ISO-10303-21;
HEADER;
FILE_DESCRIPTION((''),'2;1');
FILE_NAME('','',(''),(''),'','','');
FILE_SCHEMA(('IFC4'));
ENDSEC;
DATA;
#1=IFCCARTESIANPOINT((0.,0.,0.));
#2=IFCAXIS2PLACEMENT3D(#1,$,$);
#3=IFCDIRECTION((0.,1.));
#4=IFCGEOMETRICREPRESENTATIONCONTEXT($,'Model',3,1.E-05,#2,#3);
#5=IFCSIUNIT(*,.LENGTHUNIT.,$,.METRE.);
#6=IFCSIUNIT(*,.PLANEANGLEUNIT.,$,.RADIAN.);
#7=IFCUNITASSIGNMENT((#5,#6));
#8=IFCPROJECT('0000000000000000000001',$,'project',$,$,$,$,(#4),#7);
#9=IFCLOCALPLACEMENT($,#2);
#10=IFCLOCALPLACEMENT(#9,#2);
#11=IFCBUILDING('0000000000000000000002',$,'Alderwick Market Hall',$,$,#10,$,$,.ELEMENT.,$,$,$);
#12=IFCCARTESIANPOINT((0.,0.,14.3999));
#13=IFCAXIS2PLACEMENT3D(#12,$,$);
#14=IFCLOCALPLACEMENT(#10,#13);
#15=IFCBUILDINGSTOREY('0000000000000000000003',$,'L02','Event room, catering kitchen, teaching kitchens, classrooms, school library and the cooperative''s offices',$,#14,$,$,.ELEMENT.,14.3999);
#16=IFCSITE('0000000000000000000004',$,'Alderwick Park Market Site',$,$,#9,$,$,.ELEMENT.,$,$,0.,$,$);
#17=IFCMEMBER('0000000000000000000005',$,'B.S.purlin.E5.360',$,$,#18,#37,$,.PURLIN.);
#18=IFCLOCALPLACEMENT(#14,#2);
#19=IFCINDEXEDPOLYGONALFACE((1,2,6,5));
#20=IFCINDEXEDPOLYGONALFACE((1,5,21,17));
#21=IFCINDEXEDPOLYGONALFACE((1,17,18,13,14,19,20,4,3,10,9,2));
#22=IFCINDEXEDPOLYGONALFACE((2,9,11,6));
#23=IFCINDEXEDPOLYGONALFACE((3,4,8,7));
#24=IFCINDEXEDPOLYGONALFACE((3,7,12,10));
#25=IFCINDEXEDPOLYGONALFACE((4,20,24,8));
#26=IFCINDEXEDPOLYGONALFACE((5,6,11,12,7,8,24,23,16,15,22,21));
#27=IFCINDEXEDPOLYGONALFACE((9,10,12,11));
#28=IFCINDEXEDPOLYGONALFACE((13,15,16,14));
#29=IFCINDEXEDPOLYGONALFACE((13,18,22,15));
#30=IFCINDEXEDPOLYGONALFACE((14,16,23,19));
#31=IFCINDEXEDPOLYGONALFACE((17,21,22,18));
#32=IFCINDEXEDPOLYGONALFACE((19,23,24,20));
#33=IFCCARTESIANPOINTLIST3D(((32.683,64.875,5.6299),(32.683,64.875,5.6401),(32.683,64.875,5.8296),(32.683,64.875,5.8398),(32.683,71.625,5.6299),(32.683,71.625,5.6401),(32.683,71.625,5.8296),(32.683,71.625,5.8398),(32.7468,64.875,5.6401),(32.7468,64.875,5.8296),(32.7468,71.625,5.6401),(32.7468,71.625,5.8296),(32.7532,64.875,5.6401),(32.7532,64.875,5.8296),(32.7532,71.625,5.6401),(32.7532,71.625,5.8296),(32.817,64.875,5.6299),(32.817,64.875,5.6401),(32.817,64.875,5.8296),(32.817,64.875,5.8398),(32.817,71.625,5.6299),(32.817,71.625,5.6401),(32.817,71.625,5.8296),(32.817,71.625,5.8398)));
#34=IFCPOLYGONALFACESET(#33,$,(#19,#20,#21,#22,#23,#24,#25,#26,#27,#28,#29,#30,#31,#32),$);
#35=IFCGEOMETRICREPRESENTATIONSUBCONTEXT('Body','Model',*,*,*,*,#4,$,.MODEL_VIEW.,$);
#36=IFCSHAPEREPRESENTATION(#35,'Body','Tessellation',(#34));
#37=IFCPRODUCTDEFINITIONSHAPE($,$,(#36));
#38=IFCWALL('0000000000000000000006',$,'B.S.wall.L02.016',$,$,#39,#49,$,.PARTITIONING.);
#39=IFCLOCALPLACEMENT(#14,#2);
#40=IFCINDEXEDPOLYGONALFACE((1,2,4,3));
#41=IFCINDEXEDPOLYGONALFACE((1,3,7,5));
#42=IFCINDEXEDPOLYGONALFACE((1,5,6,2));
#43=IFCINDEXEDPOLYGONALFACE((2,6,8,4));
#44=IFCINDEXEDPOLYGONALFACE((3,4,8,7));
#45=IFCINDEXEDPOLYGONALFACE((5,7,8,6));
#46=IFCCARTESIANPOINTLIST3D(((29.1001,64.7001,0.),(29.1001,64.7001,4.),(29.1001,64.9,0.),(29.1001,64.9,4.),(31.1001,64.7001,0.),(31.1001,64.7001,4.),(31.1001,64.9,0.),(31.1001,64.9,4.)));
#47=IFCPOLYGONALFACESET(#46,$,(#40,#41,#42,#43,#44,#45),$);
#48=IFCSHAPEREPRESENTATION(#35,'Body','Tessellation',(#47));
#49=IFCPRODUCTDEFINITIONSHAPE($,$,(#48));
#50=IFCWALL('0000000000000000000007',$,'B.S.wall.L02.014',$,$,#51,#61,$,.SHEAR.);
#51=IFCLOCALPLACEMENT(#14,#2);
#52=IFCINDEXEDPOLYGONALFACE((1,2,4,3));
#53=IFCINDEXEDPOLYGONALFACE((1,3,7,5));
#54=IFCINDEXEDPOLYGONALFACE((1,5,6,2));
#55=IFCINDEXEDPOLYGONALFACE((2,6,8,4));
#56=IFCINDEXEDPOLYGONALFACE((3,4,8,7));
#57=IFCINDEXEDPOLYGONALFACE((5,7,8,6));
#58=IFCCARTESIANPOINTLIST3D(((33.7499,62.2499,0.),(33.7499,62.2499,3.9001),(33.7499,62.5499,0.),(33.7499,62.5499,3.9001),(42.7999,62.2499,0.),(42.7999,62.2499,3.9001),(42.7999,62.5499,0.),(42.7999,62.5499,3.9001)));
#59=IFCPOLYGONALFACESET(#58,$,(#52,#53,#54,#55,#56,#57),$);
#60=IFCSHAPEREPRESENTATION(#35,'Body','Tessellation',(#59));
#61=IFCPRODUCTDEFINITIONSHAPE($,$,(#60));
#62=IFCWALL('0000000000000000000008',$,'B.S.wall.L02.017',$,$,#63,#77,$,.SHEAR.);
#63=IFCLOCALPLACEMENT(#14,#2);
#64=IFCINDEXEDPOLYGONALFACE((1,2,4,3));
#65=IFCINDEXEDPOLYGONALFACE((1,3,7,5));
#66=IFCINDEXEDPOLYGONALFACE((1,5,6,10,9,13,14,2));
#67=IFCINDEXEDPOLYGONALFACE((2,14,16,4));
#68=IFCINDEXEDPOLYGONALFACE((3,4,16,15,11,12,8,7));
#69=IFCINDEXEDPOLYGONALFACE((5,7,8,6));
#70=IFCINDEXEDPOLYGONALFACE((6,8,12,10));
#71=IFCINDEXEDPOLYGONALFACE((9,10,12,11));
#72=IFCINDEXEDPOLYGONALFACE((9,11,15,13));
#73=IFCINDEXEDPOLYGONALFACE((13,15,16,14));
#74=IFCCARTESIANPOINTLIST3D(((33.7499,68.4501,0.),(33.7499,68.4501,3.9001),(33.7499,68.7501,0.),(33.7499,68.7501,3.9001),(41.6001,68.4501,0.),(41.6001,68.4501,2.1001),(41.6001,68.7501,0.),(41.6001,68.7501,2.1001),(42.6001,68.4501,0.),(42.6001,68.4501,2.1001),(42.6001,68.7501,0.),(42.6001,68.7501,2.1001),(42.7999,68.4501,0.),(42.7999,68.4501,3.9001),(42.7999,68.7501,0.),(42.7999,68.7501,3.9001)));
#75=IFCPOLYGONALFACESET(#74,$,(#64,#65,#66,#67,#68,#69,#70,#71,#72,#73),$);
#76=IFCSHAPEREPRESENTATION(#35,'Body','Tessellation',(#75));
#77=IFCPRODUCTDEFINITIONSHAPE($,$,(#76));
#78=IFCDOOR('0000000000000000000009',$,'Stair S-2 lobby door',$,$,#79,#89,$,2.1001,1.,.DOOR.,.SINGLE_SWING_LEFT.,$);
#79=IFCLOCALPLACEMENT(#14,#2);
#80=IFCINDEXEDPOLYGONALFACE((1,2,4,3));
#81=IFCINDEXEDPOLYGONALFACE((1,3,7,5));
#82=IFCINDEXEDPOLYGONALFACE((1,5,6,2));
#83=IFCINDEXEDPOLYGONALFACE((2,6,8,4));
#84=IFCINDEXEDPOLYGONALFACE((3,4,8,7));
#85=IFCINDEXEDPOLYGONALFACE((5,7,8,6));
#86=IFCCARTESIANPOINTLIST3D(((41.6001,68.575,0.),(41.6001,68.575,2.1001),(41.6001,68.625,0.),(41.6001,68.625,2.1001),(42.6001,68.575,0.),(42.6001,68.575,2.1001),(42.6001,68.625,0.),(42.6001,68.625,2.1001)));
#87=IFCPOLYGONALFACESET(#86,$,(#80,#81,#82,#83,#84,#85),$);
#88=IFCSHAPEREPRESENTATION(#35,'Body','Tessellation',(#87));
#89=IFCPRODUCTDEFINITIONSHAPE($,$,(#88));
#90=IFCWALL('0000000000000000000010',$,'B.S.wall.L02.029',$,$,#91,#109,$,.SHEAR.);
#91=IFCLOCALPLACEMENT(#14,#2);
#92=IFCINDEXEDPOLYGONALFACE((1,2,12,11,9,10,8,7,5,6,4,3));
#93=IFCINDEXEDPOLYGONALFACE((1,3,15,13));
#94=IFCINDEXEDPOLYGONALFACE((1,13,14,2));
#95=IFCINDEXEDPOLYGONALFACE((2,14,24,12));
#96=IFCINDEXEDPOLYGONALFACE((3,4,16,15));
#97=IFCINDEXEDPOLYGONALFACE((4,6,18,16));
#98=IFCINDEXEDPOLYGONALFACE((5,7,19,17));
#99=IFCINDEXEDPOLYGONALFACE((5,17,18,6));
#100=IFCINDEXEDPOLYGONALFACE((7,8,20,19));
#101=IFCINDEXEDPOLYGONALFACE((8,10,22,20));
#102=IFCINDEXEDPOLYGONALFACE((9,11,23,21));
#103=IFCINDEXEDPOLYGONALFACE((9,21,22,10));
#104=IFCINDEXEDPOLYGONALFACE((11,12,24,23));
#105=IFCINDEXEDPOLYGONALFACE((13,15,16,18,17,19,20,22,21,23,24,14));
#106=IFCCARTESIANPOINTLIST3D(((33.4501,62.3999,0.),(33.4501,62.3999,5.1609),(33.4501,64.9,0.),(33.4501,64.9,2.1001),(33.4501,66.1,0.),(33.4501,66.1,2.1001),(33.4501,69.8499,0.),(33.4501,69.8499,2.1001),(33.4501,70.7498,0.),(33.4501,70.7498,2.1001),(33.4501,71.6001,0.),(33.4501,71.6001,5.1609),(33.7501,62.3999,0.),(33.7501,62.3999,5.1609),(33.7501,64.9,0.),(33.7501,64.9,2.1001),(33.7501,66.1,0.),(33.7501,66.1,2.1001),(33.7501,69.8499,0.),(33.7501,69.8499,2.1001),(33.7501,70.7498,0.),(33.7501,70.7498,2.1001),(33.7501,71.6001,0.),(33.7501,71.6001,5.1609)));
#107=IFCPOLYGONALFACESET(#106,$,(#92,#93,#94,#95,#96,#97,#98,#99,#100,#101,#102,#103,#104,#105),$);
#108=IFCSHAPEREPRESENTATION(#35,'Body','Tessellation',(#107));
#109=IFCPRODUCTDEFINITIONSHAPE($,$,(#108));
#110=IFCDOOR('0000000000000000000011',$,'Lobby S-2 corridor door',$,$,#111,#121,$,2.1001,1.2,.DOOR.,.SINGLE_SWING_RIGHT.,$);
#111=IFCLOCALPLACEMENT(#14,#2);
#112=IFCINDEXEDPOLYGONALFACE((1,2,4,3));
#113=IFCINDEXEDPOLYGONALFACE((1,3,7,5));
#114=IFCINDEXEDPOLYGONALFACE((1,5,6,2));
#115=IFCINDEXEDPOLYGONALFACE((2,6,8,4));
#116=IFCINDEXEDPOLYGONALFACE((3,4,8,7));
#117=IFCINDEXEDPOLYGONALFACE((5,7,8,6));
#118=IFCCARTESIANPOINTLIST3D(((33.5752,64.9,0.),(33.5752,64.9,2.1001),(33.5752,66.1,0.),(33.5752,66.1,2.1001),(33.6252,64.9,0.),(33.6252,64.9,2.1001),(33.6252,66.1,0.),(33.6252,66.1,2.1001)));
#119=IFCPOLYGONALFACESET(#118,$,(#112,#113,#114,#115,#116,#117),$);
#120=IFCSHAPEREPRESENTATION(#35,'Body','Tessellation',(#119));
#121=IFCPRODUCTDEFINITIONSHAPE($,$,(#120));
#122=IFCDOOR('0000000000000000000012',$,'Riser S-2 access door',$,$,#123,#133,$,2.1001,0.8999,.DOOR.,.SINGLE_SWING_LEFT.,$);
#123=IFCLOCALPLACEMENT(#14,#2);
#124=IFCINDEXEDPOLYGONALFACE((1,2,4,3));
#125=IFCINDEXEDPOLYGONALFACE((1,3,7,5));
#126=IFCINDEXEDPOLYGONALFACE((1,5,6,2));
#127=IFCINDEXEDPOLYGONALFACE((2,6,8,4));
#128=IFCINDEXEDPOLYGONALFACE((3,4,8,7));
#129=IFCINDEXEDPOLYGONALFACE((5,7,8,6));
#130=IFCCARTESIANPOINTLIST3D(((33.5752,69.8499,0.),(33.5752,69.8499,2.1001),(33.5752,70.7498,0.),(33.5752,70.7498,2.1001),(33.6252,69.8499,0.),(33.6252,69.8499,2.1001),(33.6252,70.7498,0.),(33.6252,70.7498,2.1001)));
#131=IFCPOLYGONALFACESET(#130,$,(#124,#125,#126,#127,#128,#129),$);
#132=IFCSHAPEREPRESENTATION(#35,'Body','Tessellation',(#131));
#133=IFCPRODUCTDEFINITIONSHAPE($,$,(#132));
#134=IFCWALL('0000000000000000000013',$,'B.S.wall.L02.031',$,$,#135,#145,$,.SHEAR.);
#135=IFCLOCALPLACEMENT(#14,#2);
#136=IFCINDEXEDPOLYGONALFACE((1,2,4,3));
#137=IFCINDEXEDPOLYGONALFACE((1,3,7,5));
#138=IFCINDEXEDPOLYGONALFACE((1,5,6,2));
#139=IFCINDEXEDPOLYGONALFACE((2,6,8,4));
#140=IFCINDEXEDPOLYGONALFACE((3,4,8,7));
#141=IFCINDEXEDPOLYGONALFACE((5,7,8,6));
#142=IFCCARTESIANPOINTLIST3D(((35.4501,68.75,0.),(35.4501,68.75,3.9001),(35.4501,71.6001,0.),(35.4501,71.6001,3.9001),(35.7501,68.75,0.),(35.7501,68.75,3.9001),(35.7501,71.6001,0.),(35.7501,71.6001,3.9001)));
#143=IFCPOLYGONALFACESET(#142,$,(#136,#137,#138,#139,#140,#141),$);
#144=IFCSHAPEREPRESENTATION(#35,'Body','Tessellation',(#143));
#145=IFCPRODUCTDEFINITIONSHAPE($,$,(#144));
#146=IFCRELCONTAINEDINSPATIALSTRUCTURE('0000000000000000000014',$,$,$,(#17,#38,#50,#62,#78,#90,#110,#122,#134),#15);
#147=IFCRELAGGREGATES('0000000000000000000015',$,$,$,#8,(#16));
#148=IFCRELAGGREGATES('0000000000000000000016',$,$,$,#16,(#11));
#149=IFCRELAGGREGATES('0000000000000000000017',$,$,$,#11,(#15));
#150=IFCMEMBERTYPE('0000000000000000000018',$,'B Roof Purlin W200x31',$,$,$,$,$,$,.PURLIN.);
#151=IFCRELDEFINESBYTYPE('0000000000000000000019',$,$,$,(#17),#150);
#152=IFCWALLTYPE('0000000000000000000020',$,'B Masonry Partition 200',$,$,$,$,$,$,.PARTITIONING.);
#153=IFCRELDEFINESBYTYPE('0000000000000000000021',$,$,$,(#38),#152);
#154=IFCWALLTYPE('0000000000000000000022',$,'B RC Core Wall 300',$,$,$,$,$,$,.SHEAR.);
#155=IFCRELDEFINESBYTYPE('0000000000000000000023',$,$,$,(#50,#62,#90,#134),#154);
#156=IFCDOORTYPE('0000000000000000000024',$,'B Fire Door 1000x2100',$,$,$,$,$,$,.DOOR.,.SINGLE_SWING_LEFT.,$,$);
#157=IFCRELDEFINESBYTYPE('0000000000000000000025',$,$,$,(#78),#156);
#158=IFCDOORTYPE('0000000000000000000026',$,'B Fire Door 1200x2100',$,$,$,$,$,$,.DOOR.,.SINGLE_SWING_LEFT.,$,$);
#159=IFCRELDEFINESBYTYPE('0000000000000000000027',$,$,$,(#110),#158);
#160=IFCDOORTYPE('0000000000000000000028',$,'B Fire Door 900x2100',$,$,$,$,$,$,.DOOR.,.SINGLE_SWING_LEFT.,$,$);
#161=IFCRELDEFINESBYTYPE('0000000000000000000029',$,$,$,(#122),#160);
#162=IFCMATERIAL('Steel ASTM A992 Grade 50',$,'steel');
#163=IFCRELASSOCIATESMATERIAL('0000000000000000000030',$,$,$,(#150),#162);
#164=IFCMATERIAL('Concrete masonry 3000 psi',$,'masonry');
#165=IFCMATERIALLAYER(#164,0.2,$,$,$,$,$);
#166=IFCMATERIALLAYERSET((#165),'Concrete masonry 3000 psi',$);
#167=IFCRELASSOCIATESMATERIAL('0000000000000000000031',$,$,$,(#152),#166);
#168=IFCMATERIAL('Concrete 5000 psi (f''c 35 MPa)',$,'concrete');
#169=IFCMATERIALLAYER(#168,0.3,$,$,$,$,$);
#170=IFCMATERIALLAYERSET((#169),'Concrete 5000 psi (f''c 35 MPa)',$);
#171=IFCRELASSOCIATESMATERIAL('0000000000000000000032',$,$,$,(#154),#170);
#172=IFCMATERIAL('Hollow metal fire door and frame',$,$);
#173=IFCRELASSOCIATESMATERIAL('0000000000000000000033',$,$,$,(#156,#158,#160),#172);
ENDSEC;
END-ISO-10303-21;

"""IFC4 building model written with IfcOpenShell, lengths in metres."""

from ifc_helpers import new_model, si_unit, direction, frame, frame_2d, origin, origin_2d, place, context, subcontext, project, spatial, rectangle, i_section, extrude, material, layer, layer_set, material_profile, profile_set, type_object, element, fill, save


model = new_model("IFC4")

# Units and contexts
model_context = context("Model", 3, precision=1e-05, world=origin(), true_north=direction((0.0, 1.0)))
body_context = subcontext(model_context, "Body", "Model", "MODEL_VIEW")
ifc_project = project(units=[si_unit("LENGTHUNIT", "METRE"), si_unit("PLANEANGLEUNIT", "RADIAN")], contexts=[model_context])

# Site, building, storey
site_placement = place(None, origin())
site = spatial("IfcSite", under=ifc_project, at=site_placement, Name="Alderwick Park Market Site", CompositionType="ELEMENT", RefElevation=0.0)
building_placement = place(site_placement, origin())
building = spatial("IfcBuilding", under=site, at=building_placement, Name="Alderwick Market Hall", CompositionType="ELEMENT")
storey_placement = place(building_placement, frame((0.0, 0.0, 14.3999)))
storey = spatial("IfcBuildingStorey", under=building, at=storey_placement, Name="L02", Description="Event room, catering kitchen, teaching kitchens, classrooms, school library and the cooperative's offices", CompositionType="ELEMENT", Elevation=14.3999)

# Shared definitions
ifc_material_1 = material(Name="Concrete 5000 psi (f'c 35 MPa)", Category="concrete")

# Member
ifc_material_2 = material(Name="Steel ASTM A992 Grade 50", Category="steel")
ifc_material_profile_1 = material_profile(ifc_material_2, i_section(OverallWidth=0.134, OverallDepth=0.21, WebThickness=0.0063, FlangeThickness=0.0103, at=origin_2d()), Name="W200x31")
ifc_profile_set_1 = profile_set([ifc_material_profile_1], Name="Steel ASTM A992 Grade 50")
member_type = type_object("IfcMemberType", Name="B Roof Purlin W200x31", PredefinedType="PURLIN", material=ifc_profile_set_1)
member_1_placement = place(storey_placement, frame((32.75, 64.875, 5.7349), z_axis=(0.0, 1.0, 0.0), x_axis=(-1.0, 0.0, 0.0)))
element("IfcMember", 1, at=member_1_placement, inside=storey, type_object=member_type, Name="B.S.purlin.E5.360", PredefinedType="PURLIN", context=body_context, shape_type="SweptSolid", body=[
    extrude(i_section(OverallWidth=0.134, OverallDepth=0.21, WebThickness=0.0063, FlangeThickness=0.0103, at=origin_2d()), origin(), (0.0, 0.0, 1.0), 6.75),
])

# Walls
ifc_material_3 = material(Name="Concrete masonry 3000 psi", Category="masonry")
ifc_layer_1 = layer(ifc_material_3, 0.2)
ifc_layer_set_1 = layer_set([ifc_layer_1], Name="Concrete masonry 3000 psi")
wall_type_1 = type_object("IfcWallType", Name="B Masonry Partition 200", PredefinedType="PARTITIONING", material=ifc_layer_set_1)
wall_1_placement = place(storey_placement, frame((29.1001, 64.8, 0.0), z_axis=(0.0, 0.0, 1.0), x_axis=(1.0, 0.0, 0.0)))
element("IfcWall", 2, at=wall_1_placement, inside=storey, type_object=wall_type_1, Name="B.S.wall.L02.016", PredefinedType="PARTITIONING", context=body_context, shape_type="SweptSolid", body=[
    extrude(rectangle(XDim=2.0, YDim=0.2, at=frame_2d((1.0, 0.0))), origin(), (0.0, 0.0, 1.0), 4.0),
])
ifc_layer_2 = layer(ifc_material_1, 0.3)
ifc_layer_set_2 = layer_set([ifc_layer_2], Name="Concrete 5000 psi (f'c 35 MPa)")
wall_type_2 = type_object("IfcWallType", Name="B RC Core Wall 300", PredefinedType="SHEAR", material=ifc_layer_set_2)
wall_2_placement = place(storey_placement, frame((33.75, 62.3999, 0.0), z_axis=(0.0, 0.0, 1.0), x_axis=(1.0, 0.0, 0.0)))
element("IfcWall", 3, at=wall_2_placement, inside=storey, type_object=wall_type_2, Name="B.S.wall.L02.014", PredefinedType="SHEAR", context=body_context, shape_type="SweptSolid", body=[
    extrude(rectangle(XDim=9.05, YDim=0.3, at=frame_2d((4.5249, 0.0))), origin(), (0.0, 0.0, 1.0), 3.9001),
])

# Wall, opening, door
wall_3_placement = place(storey_placement, frame((33.75, 68.6001, 0.0), z_axis=(0.0, 0.0, 1.0), x_axis=(1.0, 0.0, 0.0)))
wall_3 = element("IfcWall", 4, at=wall_3_placement, inside=storey, type_object=wall_type_2, Name="B.S.wall.L02.017", PredefinedType="SHEAR", context=body_context, shape_type="SweptSolid", body=[
    extrude(rectangle(XDim=9.05, YDim=0.3, at=frame_2d((4.5249, 0.0))), origin(), (0.0, 0.0, 1.0), 3.9001),
])
opening_1_placement = place(wall_3_placement, frame((7.8501, 0.0, 0.0)))
opening_1 = element("IfcOpeningElement", 5, at=opening_1_placement, cuts=wall_3, PredefinedType="OPENING", context=body_context, shape_type="SweptSolid", body=[
    extrude(rectangle(XDim=1.0, YDim=2.1001, at=frame_2d((0.5, 1.05))), frame((0.0, 0.1599, 0.0), z_axis=(0.0, -1.0, 0.0), x_axis=(1.0, 0.0, 0.0)), (0.0, 0.0, 1.0), 0.3201),
])
ifc_material_4 = material(Name="Hollow metal fire door and frame")
door_type_1 = type_object("IfcDoorType", Name="B Fire Door 1000x2100", OperationType="SINGLE_SWING_LEFT", PredefinedType="DOOR", material=ifc_material_4)
door_1_placement = place(opening_1_placement, origin())
door_1 = element("IfcDoor", 6, at=door_1_placement, inside=storey, type_object=door_type_1, Name="Stair S-2 lobby door", OperationType="SINGLE_SWING_LEFT", OverallHeight=2.1001, OverallWidth=1.0, PredefinedType="DOOR", context=body_context, shape_type="SweptSolid", body=[
    extrude(rectangle(XDim=1.0, YDim=2.1001, at=frame_2d((0.5, 1.05))), frame((0.0, 0.0249, 0.0), z_axis=(0.0, -1.0, 0.0), x_axis=(1.0, 0.0, 0.0)), (0.0, 0.0, 1.0), 0.05),
])
fill(opening_1, door_1)

# Wall, openings, doors
wall_4_placement = place(storey_placement, frame((33.6001, 62.3999, 0.0), z_axis=(0.0, 0.0, 1.0), x_axis=(0.0, 1.0, 0.0)))
wall_4 = element("IfcWall", 7, at=wall_4_placement, inside=storey, type_object=wall_type_2, Name="B.S.wall.L02.029", PredefinedType="SHEAR", context=body_context, shape_type="SweptSolid", body=[
    extrude(rectangle(XDim=9.2002, YDim=0.3, at=frame_2d((4.6001, 0.0))), origin(), (0.0, 0.0, 1.0), 5.1609),
])
opening_2_placement = place(wall_4_placement, frame((2.5, 0.0, 0.0)))
opening_2 = element("IfcOpeningElement", 8, at=opening_2_placement, cuts=wall_4, PredefinedType="OPENING", context=body_context, shape_type="SweptSolid", body=[
    extrude(rectangle(XDim=1.2, YDim=2.1001, at=frame_2d((0.6001, 1.05))), frame((0.0, 0.1599, 0.0), z_axis=(0.0, -1.0, 0.0), x_axis=(1.0, 0.0, 0.0)), (0.0, 0.0, 1.0), 0.3201),
])
opening_3_placement = place(wall_4_placement, frame((7.45, 0.0, 0.0)))
opening_3 = element("IfcOpeningElement", 9, at=opening_3_placement, cuts=wall_4, PredefinedType="OPENING", context=body_context, shape_type="SweptSolid", body=[
    extrude(rectangle(XDim=0.8999, YDim=2.1001, at=frame_2d((0.45, 1.05))), frame((0.0, 0.1599, 0.0), z_axis=(0.0, -1.0, 0.0), x_axis=(1.0, 0.0, 0.0)), (0.0, 0.0, 1.0), 0.3201),
])
door_type_2 = type_object("IfcDoorType", Name="B Fire Door 1200x2100", OperationType="SINGLE_SWING_LEFT", PredefinedType="DOOR", material=ifc_material_4)
door_2_placement = place(opening_2_placement, origin())
door_2 = element("IfcDoor", 10, at=door_2_placement, inside=storey, type_object=door_type_2, Name="Lobby S-2 corridor door", OperationType="SINGLE_SWING_RIGHT", OverallHeight=2.1001, OverallWidth=1.2, PredefinedType="DOOR", context=body_context, shape_type="SweptSolid", body=[
    extrude(rectangle(XDim=1.2, YDim=2.1001, at=frame_2d((0.6001, 1.05))), frame((0.0, 0.0249, 0.0), z_axis=(0.0, -1.0, 0.0), x_axis=(1.0, 0.0, 0.0)), (0.0, 0.0, 1.0), 0.05),
])
fill(opening_2, door_2)
door_type_3 = type_object("IfcDoorType", Name="B Fire Door 900x2100", OperationType="SINGLE_SWING_LEFT", PredefinedType="DOOR", material=ifc_material_4)
door_3_placement = place(opening_3_placement, origin())
door_3 = element("IfcDoor", 11, at=door_3_placement, inside=storey, type_object=door_type_3, Name="Riser S-2 access door", OperationType="SINGLE_SWING_LEFT", OverallHeight=2.1001, OverallWidth=0.8999, PredefinedType="DOOR", context=body_context, shape_type="SweptSolid", body=[
    extrude(rectangle(XDim=0.8999, YDim=2.1001, at=frame_2d((0.45, 1.05))), frame((0.0, 0.0249, 0.0), z_axis=(0.0, -1.0, 0.0), x_axis=(1.0, 0.0, 0.0)), (0.0, 0.0, 1.0), 0.05),
])
fill(opening_3, door_3)

# Wall
wall_5_placement = place(storey_placement, frame((35.6001, 68.75, 0.0), z_axis=(0.0, 0.0, 1.0), x_axis=(0.0, 1.0, 0.0)))
element("IfcWall", 12, at=wall_5_placement, inside=storey, type_object=wall_type_2, Name="B.S.wall.L02.031", PredefinedType="SHEAR", context=body_context, shape_type="SweptSolid", body=[
    extrude(rectangle(XDim=2.8501, YDim=0.3, at=frame_2d((1.425, 0.0))), origin(), (0.0, 0.0, 1.0), 3.9001),
])

save(model, "model.ifc")
